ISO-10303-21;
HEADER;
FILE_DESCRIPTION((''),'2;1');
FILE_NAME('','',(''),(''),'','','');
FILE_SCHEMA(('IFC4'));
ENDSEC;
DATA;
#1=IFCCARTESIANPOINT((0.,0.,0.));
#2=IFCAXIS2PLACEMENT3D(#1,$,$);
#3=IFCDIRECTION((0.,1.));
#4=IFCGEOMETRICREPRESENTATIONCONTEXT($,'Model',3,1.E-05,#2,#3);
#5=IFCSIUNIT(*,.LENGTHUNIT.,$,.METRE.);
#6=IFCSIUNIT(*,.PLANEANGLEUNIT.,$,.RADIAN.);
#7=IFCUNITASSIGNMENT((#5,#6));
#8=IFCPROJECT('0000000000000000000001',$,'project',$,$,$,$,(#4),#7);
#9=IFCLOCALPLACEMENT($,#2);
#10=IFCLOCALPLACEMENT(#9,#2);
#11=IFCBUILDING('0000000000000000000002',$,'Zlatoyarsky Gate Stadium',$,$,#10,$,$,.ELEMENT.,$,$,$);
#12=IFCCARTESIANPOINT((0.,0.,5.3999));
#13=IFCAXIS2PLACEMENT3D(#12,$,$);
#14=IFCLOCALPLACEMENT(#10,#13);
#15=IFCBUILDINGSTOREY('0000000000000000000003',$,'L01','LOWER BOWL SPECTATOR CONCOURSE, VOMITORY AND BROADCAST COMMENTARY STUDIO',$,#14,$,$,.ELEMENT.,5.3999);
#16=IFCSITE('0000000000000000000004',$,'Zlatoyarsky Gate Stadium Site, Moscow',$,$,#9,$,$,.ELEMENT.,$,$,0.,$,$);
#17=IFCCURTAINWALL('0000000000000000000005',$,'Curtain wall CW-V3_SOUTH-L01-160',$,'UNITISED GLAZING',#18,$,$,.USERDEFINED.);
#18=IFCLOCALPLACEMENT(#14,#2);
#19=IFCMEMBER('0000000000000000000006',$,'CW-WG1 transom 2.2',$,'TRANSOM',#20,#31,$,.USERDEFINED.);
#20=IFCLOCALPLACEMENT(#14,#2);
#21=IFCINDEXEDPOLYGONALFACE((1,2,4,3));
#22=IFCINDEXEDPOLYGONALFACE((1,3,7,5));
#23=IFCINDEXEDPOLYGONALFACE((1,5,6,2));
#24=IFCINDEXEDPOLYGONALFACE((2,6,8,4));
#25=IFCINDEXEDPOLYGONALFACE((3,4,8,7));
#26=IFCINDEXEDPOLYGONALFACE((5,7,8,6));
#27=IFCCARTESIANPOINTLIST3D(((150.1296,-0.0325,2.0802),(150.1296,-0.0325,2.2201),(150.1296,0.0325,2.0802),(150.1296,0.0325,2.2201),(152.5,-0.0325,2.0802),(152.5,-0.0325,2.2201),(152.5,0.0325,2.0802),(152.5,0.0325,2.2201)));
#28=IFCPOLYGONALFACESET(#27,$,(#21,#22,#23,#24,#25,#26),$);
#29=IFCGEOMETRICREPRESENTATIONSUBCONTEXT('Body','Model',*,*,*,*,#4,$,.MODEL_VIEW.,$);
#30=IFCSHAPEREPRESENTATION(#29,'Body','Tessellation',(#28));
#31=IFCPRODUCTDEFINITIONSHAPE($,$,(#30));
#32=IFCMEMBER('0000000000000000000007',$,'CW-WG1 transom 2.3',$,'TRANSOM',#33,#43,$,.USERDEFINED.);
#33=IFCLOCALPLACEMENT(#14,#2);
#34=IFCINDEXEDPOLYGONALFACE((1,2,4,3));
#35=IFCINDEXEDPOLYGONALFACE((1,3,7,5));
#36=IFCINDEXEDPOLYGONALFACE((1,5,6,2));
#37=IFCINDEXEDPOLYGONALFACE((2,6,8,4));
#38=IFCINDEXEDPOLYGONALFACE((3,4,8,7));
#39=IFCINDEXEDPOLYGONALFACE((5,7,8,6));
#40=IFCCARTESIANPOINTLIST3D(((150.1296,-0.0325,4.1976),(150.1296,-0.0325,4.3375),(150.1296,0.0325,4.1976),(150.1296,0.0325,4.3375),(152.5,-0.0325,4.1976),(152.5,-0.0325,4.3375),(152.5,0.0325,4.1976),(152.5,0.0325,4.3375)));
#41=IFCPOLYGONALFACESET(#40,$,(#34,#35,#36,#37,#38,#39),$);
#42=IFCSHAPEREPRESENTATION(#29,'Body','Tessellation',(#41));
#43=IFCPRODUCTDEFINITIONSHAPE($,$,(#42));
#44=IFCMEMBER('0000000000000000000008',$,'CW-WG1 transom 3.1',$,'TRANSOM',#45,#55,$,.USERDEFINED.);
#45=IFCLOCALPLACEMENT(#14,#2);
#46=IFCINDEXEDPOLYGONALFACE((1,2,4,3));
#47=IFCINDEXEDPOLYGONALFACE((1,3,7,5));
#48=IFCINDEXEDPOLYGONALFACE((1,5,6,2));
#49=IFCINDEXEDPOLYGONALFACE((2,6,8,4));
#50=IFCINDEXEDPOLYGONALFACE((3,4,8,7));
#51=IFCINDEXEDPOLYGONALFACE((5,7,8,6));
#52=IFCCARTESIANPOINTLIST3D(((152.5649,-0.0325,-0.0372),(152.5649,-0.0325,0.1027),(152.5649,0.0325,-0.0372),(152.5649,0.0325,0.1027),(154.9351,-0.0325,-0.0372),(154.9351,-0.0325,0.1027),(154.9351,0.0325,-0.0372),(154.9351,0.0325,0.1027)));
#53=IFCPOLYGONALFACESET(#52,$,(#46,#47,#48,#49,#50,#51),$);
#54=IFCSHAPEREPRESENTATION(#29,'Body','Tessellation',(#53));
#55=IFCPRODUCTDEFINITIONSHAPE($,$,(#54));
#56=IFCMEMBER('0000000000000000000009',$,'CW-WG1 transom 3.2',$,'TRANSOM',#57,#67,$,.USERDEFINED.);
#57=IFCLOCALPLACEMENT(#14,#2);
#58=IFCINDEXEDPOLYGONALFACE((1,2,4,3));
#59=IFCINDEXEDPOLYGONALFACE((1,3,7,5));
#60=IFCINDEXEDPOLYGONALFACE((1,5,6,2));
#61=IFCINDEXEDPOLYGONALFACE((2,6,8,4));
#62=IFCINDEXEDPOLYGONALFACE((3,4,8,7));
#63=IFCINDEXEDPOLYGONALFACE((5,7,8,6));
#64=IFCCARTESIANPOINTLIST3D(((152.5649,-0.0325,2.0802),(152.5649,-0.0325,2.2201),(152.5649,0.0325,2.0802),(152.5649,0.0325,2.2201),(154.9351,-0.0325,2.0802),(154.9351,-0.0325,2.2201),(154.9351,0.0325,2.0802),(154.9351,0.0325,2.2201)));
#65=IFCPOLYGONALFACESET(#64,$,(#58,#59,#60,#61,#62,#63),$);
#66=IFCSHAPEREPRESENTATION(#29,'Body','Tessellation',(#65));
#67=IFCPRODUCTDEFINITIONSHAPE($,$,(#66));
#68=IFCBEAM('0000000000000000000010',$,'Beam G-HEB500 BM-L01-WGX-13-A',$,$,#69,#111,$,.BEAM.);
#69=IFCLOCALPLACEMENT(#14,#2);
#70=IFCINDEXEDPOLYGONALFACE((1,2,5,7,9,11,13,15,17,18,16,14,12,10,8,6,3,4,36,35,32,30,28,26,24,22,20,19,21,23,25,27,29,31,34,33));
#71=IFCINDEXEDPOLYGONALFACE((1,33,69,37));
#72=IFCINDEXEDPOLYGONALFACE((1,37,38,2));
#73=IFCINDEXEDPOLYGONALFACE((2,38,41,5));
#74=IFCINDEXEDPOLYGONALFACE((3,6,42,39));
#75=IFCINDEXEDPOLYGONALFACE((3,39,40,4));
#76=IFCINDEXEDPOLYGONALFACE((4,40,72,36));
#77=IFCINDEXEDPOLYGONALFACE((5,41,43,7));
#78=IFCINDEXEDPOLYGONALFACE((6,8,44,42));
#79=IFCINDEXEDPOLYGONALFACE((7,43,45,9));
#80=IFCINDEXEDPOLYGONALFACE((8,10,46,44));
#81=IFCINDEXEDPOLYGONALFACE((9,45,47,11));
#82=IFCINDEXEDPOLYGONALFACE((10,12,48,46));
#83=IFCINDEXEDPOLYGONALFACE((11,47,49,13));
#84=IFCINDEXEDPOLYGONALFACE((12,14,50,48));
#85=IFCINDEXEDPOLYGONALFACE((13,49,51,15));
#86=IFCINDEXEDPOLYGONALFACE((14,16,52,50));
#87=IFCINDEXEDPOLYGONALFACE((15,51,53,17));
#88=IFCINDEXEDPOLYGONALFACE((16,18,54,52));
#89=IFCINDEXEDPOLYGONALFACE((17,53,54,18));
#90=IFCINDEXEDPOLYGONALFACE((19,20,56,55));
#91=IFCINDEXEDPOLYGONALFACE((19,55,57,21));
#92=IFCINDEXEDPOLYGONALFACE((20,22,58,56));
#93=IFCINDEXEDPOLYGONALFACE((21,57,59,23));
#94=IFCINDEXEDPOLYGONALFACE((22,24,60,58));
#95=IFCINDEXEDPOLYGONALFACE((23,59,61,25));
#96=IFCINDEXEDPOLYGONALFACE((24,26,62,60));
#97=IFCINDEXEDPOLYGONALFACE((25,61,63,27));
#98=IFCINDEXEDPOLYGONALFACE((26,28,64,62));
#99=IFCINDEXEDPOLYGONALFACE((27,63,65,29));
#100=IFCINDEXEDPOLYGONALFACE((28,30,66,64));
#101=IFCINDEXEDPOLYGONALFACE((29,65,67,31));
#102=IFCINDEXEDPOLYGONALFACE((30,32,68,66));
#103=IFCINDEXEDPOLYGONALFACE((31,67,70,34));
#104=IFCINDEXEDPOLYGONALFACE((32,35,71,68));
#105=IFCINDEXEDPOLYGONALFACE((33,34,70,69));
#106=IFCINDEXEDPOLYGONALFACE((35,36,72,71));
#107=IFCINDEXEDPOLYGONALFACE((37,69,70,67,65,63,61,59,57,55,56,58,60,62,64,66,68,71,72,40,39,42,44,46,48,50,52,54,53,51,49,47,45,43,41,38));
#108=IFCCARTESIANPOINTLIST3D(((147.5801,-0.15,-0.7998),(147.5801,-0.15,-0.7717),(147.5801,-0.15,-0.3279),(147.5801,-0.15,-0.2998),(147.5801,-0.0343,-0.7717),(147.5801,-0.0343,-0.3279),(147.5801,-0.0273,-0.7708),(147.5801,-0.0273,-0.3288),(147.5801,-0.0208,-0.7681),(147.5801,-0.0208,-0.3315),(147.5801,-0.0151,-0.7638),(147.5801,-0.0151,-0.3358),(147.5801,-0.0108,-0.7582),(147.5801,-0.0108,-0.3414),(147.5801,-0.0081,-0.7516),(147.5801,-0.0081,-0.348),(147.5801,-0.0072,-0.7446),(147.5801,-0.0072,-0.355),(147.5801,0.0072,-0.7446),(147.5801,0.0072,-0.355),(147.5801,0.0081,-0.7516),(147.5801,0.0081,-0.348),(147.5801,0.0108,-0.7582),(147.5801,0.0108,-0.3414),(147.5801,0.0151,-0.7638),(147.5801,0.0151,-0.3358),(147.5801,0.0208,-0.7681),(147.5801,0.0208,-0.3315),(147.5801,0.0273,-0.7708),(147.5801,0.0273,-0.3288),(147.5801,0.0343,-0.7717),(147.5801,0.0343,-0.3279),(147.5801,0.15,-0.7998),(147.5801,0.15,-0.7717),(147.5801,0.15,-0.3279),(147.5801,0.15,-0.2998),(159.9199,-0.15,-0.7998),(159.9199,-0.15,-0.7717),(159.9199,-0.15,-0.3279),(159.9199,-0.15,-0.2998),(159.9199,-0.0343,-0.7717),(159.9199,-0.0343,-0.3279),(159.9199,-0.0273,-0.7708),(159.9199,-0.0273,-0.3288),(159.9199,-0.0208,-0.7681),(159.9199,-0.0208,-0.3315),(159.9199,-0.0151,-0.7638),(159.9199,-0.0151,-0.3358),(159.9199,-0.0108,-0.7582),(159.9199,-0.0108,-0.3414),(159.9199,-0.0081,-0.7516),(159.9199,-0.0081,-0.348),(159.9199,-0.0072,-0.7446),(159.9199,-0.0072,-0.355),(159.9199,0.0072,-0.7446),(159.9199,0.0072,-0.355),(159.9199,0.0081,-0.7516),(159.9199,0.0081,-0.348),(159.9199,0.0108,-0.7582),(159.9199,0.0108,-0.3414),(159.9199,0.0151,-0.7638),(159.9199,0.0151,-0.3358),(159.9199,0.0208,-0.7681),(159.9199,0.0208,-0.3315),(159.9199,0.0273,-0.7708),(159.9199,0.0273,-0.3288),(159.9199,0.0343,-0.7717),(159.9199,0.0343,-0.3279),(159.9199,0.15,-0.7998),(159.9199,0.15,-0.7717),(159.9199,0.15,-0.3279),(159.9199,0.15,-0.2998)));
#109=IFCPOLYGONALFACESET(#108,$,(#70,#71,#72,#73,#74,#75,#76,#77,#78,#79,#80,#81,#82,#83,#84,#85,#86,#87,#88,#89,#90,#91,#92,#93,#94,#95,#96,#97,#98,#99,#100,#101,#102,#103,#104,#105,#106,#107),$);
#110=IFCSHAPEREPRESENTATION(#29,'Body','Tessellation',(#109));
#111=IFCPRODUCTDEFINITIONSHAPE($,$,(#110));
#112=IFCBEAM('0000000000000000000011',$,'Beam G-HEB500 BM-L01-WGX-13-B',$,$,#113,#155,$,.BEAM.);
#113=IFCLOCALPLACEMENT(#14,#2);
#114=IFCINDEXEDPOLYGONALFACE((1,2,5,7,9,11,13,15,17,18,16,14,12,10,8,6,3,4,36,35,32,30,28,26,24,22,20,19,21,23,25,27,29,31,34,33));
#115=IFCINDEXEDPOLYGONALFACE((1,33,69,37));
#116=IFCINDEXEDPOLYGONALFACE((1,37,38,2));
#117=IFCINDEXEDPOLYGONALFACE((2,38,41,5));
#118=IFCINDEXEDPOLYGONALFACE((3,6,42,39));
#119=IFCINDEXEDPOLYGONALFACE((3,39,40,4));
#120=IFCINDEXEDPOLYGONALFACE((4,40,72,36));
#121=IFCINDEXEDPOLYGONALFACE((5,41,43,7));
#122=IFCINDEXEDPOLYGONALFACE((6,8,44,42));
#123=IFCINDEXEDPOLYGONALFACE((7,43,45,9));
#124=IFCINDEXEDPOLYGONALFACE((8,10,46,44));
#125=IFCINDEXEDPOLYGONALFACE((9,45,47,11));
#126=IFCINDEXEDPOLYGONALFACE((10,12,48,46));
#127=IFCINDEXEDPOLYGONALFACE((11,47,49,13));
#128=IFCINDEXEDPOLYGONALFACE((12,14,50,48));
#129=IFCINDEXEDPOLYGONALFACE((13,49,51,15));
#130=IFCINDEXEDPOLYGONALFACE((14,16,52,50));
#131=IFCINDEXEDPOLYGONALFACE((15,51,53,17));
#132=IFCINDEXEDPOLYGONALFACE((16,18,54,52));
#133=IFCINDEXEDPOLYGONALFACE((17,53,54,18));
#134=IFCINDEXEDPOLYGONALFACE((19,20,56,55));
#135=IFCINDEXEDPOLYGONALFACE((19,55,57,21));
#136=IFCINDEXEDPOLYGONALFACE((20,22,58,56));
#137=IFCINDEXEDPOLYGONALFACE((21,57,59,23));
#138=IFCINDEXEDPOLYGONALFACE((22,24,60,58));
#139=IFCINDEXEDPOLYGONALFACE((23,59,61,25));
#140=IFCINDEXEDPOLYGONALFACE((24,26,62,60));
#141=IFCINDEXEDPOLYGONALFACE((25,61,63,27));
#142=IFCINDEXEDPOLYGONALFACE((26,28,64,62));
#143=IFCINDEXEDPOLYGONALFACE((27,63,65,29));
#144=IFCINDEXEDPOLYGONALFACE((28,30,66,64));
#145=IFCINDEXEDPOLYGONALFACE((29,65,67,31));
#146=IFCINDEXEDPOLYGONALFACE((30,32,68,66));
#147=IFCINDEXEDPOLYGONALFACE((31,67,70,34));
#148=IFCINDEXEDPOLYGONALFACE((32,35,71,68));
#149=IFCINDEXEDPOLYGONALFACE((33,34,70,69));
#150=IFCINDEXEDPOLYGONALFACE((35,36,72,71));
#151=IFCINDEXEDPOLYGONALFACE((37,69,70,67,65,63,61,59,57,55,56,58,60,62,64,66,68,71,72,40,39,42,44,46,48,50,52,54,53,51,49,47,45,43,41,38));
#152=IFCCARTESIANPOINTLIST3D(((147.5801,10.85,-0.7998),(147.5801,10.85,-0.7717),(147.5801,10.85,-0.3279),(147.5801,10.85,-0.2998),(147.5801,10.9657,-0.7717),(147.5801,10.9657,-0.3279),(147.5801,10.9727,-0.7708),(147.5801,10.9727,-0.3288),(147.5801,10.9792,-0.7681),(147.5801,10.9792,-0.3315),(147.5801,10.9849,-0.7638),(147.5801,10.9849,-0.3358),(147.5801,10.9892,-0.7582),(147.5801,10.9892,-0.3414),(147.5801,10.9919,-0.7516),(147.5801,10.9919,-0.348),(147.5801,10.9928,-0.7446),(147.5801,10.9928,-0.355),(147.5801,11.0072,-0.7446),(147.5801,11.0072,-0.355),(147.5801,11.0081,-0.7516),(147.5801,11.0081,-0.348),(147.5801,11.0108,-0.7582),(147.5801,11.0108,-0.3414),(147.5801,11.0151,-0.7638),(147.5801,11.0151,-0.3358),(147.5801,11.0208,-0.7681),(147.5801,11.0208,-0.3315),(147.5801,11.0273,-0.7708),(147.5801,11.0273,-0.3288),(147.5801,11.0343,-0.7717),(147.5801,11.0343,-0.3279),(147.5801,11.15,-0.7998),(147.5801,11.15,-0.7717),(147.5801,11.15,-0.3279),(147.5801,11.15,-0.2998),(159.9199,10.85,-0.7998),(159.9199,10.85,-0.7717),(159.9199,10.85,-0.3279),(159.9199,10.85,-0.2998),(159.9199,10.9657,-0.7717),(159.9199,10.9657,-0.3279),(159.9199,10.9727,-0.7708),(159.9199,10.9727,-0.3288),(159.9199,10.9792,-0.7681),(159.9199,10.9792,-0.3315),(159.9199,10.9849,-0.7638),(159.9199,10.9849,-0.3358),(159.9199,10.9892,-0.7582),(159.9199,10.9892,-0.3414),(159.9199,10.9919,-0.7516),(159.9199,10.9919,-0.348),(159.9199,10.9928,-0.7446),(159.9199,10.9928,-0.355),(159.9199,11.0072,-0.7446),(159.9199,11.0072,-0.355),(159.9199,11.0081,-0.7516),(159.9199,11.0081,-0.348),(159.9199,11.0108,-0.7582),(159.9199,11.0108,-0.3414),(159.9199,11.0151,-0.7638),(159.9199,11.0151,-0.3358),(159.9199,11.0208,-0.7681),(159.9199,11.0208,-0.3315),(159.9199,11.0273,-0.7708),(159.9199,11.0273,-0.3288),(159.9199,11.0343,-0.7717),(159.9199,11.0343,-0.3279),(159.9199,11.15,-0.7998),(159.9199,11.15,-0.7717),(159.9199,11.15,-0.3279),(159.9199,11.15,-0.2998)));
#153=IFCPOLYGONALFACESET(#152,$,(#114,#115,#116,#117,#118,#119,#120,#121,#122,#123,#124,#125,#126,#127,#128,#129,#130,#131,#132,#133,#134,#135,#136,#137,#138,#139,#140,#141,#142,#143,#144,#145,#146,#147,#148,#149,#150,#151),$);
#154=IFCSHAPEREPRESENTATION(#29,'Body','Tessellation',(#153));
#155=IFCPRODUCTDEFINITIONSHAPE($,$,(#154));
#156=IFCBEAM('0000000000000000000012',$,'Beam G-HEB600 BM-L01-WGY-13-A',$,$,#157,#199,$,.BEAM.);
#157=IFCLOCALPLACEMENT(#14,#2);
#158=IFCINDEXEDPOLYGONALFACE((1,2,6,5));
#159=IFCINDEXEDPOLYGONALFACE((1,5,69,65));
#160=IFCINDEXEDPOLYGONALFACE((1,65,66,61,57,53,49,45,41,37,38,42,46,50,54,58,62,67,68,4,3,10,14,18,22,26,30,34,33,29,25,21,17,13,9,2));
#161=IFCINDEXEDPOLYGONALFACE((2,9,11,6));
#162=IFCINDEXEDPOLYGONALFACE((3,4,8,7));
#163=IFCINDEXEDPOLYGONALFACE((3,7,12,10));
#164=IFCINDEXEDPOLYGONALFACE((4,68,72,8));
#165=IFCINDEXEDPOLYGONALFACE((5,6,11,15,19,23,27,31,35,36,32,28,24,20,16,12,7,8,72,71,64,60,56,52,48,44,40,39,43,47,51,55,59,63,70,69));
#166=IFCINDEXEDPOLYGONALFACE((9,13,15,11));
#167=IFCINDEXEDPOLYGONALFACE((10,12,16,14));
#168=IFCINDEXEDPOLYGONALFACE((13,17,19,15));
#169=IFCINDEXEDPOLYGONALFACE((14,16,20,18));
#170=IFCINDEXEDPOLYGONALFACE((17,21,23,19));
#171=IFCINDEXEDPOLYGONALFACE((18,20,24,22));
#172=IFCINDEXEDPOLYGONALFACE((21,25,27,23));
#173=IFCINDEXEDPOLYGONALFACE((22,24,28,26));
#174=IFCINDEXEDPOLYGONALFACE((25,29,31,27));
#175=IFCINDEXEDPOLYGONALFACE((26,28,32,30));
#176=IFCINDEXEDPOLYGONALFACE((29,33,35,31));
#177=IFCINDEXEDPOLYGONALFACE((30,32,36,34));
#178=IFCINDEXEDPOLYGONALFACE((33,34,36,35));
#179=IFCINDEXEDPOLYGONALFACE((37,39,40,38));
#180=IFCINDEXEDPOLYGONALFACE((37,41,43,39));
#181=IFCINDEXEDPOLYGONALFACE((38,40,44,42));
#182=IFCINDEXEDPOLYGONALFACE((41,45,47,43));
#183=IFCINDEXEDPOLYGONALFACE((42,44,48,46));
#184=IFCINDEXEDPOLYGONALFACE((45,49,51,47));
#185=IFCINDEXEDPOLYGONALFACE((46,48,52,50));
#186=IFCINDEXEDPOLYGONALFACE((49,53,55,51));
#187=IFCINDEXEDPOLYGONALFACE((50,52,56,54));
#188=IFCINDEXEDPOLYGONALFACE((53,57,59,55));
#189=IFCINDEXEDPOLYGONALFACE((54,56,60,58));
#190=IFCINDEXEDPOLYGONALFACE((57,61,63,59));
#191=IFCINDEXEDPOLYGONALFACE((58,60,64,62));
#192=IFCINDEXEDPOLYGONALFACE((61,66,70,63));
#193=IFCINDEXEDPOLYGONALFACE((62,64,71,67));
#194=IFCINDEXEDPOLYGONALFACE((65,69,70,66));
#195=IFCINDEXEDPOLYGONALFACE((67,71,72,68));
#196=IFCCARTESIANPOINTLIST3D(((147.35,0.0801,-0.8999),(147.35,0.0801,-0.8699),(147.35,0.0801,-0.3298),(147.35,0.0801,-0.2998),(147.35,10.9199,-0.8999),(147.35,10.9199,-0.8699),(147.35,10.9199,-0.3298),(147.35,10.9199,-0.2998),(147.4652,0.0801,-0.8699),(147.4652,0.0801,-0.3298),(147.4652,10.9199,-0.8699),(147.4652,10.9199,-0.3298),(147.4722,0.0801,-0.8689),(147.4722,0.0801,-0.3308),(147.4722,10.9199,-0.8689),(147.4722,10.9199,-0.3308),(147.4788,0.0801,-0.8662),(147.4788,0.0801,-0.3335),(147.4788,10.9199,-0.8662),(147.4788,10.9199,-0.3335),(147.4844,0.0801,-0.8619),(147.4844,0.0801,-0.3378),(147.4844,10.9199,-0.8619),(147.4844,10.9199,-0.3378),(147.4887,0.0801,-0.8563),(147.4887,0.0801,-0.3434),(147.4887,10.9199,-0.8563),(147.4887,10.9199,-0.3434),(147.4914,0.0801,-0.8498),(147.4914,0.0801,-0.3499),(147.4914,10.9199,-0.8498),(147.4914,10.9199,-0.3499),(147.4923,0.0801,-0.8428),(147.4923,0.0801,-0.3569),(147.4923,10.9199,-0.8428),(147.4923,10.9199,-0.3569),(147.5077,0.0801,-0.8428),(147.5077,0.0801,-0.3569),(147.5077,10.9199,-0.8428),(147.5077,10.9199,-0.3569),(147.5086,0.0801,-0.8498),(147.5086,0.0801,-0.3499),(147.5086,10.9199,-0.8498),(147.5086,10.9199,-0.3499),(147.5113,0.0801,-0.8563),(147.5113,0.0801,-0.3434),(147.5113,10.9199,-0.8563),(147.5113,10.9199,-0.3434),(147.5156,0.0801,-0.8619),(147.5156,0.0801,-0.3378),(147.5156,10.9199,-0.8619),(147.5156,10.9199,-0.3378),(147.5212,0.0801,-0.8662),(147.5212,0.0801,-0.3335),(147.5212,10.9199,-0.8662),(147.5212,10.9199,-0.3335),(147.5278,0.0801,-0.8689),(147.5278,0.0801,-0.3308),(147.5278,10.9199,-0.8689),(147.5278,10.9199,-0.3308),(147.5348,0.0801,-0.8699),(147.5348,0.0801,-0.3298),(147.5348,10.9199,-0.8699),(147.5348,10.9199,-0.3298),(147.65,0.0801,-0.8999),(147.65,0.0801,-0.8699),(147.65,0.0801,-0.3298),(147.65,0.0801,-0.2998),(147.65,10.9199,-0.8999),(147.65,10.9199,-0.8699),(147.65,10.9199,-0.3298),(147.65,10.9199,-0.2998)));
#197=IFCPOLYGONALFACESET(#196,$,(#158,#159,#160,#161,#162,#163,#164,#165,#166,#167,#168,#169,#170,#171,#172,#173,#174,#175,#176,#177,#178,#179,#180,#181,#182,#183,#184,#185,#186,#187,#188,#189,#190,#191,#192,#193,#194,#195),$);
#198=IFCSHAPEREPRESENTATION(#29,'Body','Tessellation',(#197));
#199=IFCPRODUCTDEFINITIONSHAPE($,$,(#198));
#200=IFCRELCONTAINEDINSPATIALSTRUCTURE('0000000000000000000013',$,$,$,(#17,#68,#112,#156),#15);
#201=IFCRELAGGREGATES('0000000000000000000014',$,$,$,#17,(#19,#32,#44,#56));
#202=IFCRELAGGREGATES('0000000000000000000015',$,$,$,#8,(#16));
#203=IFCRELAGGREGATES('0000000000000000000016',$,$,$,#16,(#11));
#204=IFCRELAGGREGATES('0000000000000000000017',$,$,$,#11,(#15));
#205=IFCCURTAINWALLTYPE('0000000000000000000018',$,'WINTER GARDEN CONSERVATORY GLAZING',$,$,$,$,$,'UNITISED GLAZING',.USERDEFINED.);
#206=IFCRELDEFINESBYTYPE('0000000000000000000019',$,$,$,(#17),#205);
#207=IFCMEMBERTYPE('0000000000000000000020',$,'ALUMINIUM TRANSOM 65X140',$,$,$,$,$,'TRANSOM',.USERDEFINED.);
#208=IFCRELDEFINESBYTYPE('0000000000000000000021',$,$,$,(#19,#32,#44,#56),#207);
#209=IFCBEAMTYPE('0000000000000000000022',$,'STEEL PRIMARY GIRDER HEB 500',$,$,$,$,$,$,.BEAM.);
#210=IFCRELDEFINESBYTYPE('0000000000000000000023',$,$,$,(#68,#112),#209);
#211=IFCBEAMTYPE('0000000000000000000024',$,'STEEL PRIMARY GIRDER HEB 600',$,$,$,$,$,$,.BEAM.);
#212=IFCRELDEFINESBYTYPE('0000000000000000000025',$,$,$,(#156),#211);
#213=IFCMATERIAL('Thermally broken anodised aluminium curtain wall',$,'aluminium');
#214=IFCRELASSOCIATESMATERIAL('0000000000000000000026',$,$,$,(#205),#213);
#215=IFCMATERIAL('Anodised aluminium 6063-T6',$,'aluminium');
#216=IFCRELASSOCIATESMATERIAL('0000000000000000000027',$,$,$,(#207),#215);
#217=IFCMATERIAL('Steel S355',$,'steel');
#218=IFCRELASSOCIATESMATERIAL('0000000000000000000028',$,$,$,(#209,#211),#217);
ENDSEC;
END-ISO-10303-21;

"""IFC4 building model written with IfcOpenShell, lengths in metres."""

from ifc_helpers import new_model, si_unit, direction, frame, origin, origin_2d, place, context, subcontext, project, spatial, rectangle, i_section, extrude, material, material_profile, profile_set, type_object, element, aggregate, save


model = new_model("IFC4")

# Units and contexts
model_context = context("Model", 3, precision=1e-05, world=origin(), true_north=direction((0.0, 1.0)))
body_context = subcontext(model_context, "Body", "Model", "MODEL_VIEW")
ifc_project = project(units=[si_unit("LENGTHUNIT", "METRE"), si_unit("PLANEANGLEUNIT", "RADIAN")], contexts=[model_context])

# Site, building, storey
site_placement = place(None, origin())
site = spatial("IfcSite", under=ifc_project, at=site_placement, Name="Zlatoyarsky Gate Stadium Site, Moscow", CompositionType="ELEMENT", RefElevation=0.0)
building_placement = place(site_placement, origin())
building = spatial("IfcBuilding", under=site, at=building_placement, Name="Zlatoyarsky Gate Stadium", CompositionType="ELEMENT")
storey_placement = place(building_placement, frame((0.0, 0.0, 5.3999)))
storey = spatial("IfcBuildingStorey", under=building, at=storey_placement, Name="L01", Description="LOWER BOWL SPECTATOR CONCOURSE, VOMITORY AND BROADCAST COMMENTARY STUDIO", CompositionType="ELEMENT", Elevation=5.3999)

# Shared definitions
ifc_material_1 = material(Name="Steel S355", Category="steel")

# Curtain wall, members
ifc_material_2 = material(Name="Thermally broken anodised aluminium curtain wall", Category="aluminium")
curtain_wall_type = type_object("IfcCurtainWallType", Name="WINTER GARDEN CONSERVATORY GLAZING", ElementType="UNITISED GLAZING", PredefinedType="USERDEFINED", material=ifc_material_2)
curtain_wall_placement = place(storey_placement, origin())
curtain_wall = element("IfcCurtainWall", 1, at=curtain_wall_placement, inside=storey, type_object=curtain_wall_type, Name="Curtain wall CW-V3_SOUTH-L01-160", ObjectType="UNITISED GLAZING", PredefinedType="USERDEFINED")
ifc_material_3 = material(Name="Anodised aluminium 6063-T6", Category="aluminium")
ifc_material_profile_1 = material_profile(ifc_material_3, rectangle(XDim=0.0649, YDim=0.1399, at=origin_2d()), Name="ALU 65X140")
ifc_profile_set_1 = profile_set([ifc_material_profile_1], Name="Anodised aluminium 6063-T6")
member_type_1 = type_object("IfcMemberType", Name="ALUMINIUM TRANSOM 65X140", ElementType="TRANSOM", PredefinedType="USERDEFINED", material=ifc_profile_set_1)
member_1_placement = place(storey_placement, frame((150.1296, 0.0, 2.1501), z_axis=(1.0, 0.0, 0.0), x_axis=(0.0, 1.0, 0.0)))
member_1 = element("IfcMember", 2, at=member_1_placement, type_object=member_type_1, Name="CW-WG1 transom 2.2", ObjectType="TRANSOM", PredefinedType="USERDEFINED", context=body_context, shape_type="SweptSolid", body=[
    extrude(rectangle(XDim=0.0649, YDim=0.1399, at=origin_2d()), origin(), (0.0, 0.0, 1.0), 2.3704),
])
member_2_placement = place(storey_placement, frame((150.1296, 0.0, 4.2676), z_axis=(1.0, 0.0, 0.0), x_axis=(0.0, 1.0, 0.0)))
member_2 = element("IfcMember", 3, at=member_2_placement, type_object=member_type_1, Name="CW-WG1 transom 2.3", ObjectType="TRANSOM", PredefinedType="USERDEFINED", context=body_context, shape_type="SweptSolid", body=[
    extrude(rectangle(XDim=0.0649, YDim=0.1399, at=origin_2d()), origin(), (0.0, 0.0, 1.0), 2.3704),
])
member_3_placement = place(storey_placement, frame((152.5649, 0.0, 0.0327), z_axis=(1.0, 0.0, 0.0), x_axis=(0.0, 1.0, 0.0)))
member_3 = element("IfcMember", 4, at=member_3_placement, type_object=member_type_1, Name="CW-WG1 transom 3.1", ObjectType="TRANSOM", PredefinedType="USERDEFINED", context=body_context, shape_type="SweptSolid", body=[
    extrude(rectangle(XDim=0.0649, YDim=0.1399, at=origin_2d()), origin(), (0.0, 0.0, 1.0), 2.3701),
])
member_4_placement = place(storey_placement, frame((152.5649, 0.0, 2.1501), z_axis=(1.0, 0.0, 0.0), x_axis=(0.0, 1.0, 0.0)))
member_4 = element("IfcMember", 5, at=member_4_placement, type_object=member_type_1, Name="CW-WG1 transom 3.2", ObjectType="TRANSOM", PredefinedType="USERDEFINED", context=body_context, shape_type="SweptSolid", body=[
    extrude(rectangle(XDim=0.0649, YDim=0.1399, at=origin_2d()), origin(), (0.0, 0.0, 1.0), 2.3701),
])

# Beams
ifc_material_profile_2 = material_profile(ifc_material_1, i_section(OverallWidth=0.3, OverallDepth=0.5, WebThickness=0.0144, FlangeThickness=0.0281, FilletRadius=0.0271, at=origin_2d()), Name="HEB 500")
ifc_profile_set_2 = profile_set([ifc_material_profile_2], Name="Steel S355")
beam_type_1 = type_object("IfcBeamType", Name="STEEL PRIMARY GIRDER HEB 500", PredefinedType="BEAM", material=ifc_profile_set_2)
for number, where, z_axis, x_axis, name in (
    (6, (147.5801, 0.0, -0.5498), (1.0, 0.0, 0.0), (0.0, 1.0, 0.0), "Beam G-HEB500 BM-L01-WGX-13-A"),
    (7, (147.5801, 11.0, -0.5498), (1.0, 0.0, 0.0), (0.0, 1.0, 0.0), "Beam G-HEB500 BM-L01-WGX-13-B"),
):
    element("IfcBeam", number, at=place(storey_placement, frame(where, z_axis=z_axis, x_axis=x_axis)), inside=storey, type_object=beam_type_1, Name=name, PredefinedType="BEAM", context=body_context, shape_type="SweptSolid", body=[
        extrude(i_section(OverallWidth=0.3, OverallDepth=0.5, WebThickness=0.0144, FlangeThickness=0.0281, FilletRadius=0.0271, at=origin_2d()), origin(), (0.0, 0.0, 1.0), 12.3398),
    ])
ifc_material_profile_3 = material_profile(ifc_material_1, i_section(OverallWidth=0.3, OverallDepth=0.6001, WebThickness=0.0154, FlangeThickness=0.03, FilletRadius=0.0271, at=origin_2d()), Name="HEB 600")
ifc_profile_set_3 = profile_set([ifc_material_profile_3], Name="Steel S355")
beam_type_2 = type_object("IfcBeamType", Name="STEEL PRIMARY GIRDER HEB 600", PredefinedType="BEAM", material=ifc_profile_set_3)
beam_placement = place(storey_placement, frame((147.5, 0.0801, -0.5999), z_axis=(0.0, 1.0, 0.0), x_axis=(-1.0, 0.0, 0.0)))
element("IfcBeam", 8, at=beam_placement, inside=storey, type_object=beam_type_2, Name="Beam G-HEB600 BM-L01-WGY-13-A", PredefinedType="BEAM", context=body_context, shape_type="SweptSolid", body=[
    extrude(i_section(OverallWidth=0.3, OverallDepth=0.6001, WebThickness=0.0154, FlangeThickness=0.03, FilletRadius=0.0271, at=origin_2d()), origin(), (0.0, 0.0, 1.0), 10.8398),
])

aggregate(curtain_wall, [member_1, member_2, member_3, member_4])

save(model, "model.ifc")
